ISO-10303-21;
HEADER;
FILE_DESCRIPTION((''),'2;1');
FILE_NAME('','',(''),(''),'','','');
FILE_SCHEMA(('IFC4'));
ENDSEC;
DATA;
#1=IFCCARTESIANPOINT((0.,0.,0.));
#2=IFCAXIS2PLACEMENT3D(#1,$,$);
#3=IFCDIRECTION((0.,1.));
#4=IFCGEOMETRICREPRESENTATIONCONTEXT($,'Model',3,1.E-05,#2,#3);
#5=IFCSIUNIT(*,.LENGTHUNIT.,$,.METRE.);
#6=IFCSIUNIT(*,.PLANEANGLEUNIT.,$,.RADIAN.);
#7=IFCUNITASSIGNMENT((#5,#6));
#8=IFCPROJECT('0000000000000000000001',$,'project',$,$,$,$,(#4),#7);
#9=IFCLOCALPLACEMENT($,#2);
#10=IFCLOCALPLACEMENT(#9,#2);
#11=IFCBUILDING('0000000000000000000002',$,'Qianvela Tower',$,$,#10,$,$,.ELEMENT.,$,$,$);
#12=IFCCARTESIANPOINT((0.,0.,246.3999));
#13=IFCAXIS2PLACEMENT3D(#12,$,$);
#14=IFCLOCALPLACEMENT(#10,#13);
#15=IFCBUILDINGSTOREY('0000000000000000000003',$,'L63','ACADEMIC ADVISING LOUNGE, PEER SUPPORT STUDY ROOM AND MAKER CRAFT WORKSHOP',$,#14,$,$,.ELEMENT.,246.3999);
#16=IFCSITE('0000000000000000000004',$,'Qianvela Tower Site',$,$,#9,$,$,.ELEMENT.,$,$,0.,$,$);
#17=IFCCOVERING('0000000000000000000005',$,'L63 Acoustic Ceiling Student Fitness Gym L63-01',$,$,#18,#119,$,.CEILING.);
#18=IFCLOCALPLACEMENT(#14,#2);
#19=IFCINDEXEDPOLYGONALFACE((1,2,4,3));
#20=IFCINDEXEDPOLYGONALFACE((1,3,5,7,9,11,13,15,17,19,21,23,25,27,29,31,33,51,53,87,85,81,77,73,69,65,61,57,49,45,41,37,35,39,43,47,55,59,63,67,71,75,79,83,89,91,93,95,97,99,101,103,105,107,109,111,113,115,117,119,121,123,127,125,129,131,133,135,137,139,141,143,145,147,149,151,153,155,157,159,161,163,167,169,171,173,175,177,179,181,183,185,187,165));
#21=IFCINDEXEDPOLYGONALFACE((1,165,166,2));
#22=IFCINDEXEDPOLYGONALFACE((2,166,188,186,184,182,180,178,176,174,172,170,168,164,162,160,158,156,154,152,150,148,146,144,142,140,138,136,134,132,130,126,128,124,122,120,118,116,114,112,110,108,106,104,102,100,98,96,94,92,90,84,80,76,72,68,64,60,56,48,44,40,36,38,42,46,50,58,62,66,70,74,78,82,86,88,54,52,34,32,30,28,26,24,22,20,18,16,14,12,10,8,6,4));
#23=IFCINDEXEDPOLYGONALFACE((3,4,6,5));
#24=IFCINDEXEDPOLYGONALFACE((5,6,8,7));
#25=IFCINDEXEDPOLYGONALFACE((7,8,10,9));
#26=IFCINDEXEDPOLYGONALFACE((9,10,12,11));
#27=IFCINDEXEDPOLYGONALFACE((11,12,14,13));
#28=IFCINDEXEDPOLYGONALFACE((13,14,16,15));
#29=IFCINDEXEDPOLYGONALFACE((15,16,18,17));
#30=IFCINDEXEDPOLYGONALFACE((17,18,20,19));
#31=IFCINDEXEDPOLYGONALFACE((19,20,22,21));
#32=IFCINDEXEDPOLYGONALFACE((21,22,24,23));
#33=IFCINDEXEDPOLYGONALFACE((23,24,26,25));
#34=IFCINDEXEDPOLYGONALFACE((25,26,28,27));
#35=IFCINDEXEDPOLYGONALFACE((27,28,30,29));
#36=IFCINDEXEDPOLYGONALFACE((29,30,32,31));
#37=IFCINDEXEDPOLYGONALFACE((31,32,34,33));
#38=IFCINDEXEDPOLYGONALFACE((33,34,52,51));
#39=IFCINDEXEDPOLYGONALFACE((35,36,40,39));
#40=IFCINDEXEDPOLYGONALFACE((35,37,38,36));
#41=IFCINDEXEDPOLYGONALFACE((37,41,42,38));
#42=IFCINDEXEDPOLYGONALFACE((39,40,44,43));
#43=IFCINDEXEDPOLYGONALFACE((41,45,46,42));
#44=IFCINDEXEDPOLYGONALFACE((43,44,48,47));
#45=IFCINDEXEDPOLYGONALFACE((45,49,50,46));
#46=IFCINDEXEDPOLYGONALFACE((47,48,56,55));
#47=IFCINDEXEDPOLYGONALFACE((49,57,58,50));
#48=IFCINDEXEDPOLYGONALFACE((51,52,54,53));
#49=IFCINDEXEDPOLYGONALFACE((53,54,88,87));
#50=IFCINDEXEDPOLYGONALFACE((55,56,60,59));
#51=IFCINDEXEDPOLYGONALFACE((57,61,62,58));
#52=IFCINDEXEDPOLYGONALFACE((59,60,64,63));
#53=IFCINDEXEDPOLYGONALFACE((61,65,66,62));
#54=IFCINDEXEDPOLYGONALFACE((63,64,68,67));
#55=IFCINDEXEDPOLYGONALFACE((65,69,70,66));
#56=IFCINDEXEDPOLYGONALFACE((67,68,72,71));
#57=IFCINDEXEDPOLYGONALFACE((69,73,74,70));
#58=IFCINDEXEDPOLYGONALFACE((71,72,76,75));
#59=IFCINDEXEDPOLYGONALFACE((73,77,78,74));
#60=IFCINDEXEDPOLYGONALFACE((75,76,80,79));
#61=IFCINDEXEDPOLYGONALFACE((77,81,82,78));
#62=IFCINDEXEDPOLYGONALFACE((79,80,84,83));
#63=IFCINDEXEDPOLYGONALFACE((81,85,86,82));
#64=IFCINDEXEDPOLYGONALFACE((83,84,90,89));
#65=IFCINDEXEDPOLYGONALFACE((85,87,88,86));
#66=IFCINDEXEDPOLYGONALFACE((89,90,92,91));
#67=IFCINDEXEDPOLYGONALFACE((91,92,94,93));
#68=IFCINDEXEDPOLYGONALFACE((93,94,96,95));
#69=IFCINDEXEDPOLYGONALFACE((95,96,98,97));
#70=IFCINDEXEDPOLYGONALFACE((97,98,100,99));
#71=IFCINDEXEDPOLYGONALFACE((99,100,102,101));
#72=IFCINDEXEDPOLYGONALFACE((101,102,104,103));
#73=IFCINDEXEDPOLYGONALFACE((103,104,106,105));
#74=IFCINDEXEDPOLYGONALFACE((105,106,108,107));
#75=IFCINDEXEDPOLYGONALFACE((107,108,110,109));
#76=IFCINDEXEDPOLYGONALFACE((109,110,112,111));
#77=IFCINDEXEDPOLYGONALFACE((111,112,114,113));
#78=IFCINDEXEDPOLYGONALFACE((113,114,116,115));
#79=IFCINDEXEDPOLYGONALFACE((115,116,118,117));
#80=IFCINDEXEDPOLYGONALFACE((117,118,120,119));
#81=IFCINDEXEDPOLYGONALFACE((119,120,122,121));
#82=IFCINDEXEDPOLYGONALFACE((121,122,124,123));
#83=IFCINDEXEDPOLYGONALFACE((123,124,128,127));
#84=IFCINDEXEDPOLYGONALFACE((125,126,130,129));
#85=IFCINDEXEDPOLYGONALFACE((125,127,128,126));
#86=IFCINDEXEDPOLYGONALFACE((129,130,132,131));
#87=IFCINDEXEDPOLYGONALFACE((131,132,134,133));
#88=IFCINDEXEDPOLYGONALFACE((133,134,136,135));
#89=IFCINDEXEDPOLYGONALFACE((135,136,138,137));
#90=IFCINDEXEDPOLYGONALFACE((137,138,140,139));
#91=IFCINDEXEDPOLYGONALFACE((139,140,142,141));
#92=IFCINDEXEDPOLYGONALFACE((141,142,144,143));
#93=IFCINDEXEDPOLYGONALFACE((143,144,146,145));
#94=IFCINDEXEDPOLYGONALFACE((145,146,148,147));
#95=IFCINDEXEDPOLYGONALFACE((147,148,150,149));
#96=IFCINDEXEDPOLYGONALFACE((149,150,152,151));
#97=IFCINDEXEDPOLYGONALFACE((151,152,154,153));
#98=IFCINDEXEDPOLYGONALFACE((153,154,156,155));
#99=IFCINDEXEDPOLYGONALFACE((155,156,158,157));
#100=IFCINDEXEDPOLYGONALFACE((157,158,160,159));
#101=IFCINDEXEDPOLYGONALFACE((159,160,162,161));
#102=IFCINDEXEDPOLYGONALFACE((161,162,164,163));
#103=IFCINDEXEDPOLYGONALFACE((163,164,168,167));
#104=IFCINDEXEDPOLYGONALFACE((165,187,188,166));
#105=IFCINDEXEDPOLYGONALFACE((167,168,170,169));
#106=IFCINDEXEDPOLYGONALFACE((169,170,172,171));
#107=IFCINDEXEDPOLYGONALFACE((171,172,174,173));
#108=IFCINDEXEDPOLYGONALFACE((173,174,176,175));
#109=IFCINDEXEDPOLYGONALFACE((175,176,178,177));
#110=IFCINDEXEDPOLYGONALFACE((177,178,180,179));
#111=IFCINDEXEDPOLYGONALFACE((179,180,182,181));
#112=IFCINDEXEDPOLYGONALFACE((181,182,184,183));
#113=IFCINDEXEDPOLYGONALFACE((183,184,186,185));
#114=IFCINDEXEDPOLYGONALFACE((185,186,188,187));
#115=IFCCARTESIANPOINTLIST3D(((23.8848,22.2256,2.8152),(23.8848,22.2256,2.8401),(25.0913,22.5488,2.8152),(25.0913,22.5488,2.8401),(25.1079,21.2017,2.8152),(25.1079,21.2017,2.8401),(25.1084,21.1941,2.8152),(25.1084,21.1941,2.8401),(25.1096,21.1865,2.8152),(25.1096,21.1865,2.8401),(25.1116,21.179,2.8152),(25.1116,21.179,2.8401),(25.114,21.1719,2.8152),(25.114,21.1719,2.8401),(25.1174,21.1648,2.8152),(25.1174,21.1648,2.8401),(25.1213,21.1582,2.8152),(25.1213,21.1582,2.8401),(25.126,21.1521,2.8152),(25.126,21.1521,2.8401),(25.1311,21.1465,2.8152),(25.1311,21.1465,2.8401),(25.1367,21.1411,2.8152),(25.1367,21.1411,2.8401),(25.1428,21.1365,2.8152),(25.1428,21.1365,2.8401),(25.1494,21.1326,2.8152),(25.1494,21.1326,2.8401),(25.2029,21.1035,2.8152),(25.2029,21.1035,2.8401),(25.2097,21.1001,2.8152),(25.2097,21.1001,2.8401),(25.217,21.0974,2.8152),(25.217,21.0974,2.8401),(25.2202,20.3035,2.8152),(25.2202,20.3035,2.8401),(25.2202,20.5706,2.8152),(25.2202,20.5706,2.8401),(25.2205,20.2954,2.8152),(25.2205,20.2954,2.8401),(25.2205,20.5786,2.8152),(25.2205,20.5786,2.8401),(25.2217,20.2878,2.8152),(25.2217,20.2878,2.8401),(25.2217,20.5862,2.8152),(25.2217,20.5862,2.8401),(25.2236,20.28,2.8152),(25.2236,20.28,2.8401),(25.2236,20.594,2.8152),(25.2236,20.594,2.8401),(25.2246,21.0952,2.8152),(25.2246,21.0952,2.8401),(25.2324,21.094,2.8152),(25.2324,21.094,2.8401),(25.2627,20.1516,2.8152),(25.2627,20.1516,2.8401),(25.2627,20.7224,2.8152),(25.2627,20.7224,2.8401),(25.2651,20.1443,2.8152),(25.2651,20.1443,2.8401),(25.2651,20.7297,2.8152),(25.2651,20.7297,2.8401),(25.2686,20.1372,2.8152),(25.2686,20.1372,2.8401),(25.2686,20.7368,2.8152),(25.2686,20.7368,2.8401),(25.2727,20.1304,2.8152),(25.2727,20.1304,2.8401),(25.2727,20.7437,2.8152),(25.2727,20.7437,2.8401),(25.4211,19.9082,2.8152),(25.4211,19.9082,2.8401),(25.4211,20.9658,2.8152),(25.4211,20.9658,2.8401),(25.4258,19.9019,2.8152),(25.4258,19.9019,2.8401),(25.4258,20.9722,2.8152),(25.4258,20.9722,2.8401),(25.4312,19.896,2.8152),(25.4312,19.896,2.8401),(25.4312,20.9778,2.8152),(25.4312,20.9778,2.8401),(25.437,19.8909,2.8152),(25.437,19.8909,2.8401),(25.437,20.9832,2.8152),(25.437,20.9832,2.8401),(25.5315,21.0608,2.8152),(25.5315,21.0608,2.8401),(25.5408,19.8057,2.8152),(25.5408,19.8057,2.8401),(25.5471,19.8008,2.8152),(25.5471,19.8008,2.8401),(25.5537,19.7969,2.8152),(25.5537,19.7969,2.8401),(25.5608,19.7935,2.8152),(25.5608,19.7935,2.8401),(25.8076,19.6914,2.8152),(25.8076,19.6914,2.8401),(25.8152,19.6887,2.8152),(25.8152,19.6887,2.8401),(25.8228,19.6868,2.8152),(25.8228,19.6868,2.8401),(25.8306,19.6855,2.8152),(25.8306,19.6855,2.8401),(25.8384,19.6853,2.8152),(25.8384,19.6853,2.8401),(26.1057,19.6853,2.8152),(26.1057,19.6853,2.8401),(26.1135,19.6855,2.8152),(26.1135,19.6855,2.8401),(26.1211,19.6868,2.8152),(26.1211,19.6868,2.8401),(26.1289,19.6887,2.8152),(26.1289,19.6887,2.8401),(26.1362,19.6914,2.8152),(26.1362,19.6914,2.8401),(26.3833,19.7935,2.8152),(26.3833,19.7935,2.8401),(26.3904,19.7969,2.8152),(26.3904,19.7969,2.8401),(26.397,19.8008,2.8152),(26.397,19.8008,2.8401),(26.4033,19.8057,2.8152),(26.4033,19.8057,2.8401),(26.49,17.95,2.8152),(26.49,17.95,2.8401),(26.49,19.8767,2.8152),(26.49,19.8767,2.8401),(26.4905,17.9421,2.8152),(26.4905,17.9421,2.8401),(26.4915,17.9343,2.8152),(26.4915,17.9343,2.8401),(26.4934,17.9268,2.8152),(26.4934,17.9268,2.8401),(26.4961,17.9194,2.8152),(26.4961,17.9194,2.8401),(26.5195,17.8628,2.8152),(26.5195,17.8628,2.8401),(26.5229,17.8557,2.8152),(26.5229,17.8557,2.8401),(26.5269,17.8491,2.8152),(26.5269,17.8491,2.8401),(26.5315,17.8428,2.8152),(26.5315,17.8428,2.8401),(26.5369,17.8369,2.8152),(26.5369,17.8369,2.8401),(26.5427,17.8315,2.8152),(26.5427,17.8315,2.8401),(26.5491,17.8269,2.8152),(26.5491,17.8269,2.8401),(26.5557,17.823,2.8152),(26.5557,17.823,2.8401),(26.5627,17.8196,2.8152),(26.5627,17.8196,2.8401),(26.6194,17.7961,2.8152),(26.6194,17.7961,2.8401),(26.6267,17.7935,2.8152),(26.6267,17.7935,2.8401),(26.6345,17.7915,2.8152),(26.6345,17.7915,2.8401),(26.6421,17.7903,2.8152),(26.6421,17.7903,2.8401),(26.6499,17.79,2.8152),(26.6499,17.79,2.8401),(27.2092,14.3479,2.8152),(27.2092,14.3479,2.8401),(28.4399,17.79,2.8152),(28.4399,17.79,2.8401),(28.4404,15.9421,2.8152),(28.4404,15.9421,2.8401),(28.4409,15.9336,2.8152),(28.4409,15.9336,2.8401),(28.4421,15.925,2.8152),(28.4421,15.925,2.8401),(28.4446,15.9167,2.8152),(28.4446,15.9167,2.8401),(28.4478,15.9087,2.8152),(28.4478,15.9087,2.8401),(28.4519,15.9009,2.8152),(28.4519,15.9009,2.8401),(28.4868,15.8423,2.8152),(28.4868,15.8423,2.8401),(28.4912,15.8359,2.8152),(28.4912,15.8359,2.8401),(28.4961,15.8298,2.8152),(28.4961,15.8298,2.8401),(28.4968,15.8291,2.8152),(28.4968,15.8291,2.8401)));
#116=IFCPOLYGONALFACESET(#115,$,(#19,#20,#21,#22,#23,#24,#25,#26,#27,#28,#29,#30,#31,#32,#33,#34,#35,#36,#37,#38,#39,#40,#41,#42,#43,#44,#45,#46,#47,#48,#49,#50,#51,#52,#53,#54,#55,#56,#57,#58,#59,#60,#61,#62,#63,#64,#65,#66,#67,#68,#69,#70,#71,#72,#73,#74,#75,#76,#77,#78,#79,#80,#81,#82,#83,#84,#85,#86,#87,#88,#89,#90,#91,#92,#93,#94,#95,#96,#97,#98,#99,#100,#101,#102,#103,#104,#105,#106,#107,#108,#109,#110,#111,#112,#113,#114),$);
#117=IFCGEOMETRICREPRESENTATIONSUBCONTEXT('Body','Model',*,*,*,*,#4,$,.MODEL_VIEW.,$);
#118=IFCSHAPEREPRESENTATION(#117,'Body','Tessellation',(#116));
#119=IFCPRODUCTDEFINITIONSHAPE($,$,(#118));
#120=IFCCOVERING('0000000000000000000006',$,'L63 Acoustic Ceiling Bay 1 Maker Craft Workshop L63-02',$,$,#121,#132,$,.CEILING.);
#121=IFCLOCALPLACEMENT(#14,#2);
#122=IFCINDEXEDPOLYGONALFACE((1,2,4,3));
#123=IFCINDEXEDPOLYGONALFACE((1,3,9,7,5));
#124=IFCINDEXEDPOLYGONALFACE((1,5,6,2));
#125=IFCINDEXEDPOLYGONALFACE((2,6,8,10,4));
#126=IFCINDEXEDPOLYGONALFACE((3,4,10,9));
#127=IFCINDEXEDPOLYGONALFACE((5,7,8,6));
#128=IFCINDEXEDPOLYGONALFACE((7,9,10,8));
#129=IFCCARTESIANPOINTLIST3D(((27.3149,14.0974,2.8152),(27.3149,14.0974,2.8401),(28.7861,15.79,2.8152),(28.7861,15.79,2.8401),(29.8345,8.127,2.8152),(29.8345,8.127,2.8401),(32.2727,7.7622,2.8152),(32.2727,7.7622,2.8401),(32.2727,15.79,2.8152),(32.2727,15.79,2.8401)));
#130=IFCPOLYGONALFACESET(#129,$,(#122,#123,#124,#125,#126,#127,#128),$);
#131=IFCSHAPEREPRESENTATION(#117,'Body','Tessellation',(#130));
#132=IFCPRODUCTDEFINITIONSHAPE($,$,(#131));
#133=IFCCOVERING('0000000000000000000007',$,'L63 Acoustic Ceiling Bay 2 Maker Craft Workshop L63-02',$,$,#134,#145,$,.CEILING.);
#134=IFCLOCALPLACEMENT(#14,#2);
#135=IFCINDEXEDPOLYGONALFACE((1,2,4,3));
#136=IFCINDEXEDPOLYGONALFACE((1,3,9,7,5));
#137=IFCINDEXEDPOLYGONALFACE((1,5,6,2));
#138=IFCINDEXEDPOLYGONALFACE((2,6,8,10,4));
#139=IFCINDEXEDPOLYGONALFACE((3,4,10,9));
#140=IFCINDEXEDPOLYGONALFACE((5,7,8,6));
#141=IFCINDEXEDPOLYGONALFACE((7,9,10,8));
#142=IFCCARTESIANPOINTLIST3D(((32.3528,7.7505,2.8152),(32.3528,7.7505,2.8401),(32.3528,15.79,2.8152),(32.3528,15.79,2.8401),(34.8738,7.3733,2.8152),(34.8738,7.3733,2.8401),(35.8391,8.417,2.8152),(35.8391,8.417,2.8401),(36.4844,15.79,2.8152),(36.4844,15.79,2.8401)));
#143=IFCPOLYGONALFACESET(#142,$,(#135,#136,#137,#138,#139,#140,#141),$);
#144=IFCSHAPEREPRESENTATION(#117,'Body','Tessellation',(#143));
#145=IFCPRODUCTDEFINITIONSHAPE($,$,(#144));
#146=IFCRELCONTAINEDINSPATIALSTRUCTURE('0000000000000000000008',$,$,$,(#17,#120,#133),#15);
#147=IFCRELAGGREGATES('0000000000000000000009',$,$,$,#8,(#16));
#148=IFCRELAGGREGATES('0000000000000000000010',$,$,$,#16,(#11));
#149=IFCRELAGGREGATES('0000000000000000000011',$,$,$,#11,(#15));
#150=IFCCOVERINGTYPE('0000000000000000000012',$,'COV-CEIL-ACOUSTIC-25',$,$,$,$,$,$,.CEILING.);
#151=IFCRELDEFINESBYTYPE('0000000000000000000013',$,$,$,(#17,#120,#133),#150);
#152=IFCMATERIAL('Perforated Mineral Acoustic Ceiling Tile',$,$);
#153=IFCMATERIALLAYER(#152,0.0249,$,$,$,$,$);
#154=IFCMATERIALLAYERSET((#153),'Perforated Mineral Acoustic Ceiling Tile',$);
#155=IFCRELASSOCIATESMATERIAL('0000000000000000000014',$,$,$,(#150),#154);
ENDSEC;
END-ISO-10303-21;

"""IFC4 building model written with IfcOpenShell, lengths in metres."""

from ifc_helpers import new_model, si_unit, direction, frame, origin, place, context, subcontext, project, spatial, polyline, outline, extrude, material, layer, layer_set, type_object, element, save


model = new_model("IFC4")

# Units and contexts
model_context = context("Model", 3, precision=1e-05, world=origin(), true_north=direction((0.0, 1.0)))
body_context = subcontext(model_context, "Body", "Model", "MODEL_VIEW")
ifc_project = project(units=[si_unit("LENGTHUNIT", "METRE"), si_unit("PLANEANGLEUNIT", "RADIAN")], contexts=[model_context])

# Site, building, storey
site_placement = place(None, origin())
site = spatial("IfcSite", under=ifc_project, at=site_placement, Name="Qianvela Tower Site", CompositionType="ELEMENT", RefElevation=0.0)
building_placement = place(site_placement, origin())
building = spatial("IfcBuilding", under=site, at=building_placement, Name="Qianvela Tower", CompositionType="ELEMENT")
storey_placement = place(building_placement, frame((0.0, 0.0, 246.3999)))
storey = spatial("IfcBuildingStorey", under=building, at=storey_placement, Name="L63", Description="ACADEMIC ADVISING LOUNGE, PEER SUPPORT STUDY ROOM AND MAKER CRAFT WORKSHOP", CompositionType="ELEMENT", Elevation=246.3999)

# Coverings
ifc_material_1 = material(Name="Perforated Mineral Acoustic Ceiling Tile")
ifc_layer_1 = layer(ifc_material_1, 0.0249)
ifc_layer_set_1 = layer_set([ifc_layer_1], Name="Perforated Mineral Acoustic Ceiling Tile")
covering_type_1 = type_object("IfcCoveringType", Name="COV-CEIL-ACOUSTIC-25", PredefinedType="CEILING", material=ifc_layer_set_1)
covering_1_placement = place(storey_placement, frame((0.0, 0.0, 2.8152)))
element("IfcCovering", 1, at=covering_1_placement, inside=storey, type_object=covering_type_1, Name="L63 Acoustic Ceiling Student Fitness Gym L63-01", PredefinedType="CEILING", context=body_context, shape_type="SweptSolid", body=[
    extrude(outline(polyline([(25.2029, 21.1035), (25.2097, 21.1001), (25.217, 21.0974), (25.2246, 21.0952), (25.2324, 21.094), (25.5315, 21.0608), (25.437, 20.9832), (25.4312, 20.9778), (25.4258, 20.9722), (25.4211, 20.9658), (25.2727, 20.7437), (25.2686, 20.7368), (25.2651, 20.7297), (25.2627, 20.7224), (25.2236, 20.594), (25.2217, 20.5862), (25.2205, 20.5786), (25.2202, 20.5706), (25.2202, 20.3035), (25.2205, 20.2954), (25.2217, 20.2878), (25.2236, 20.28), (25.2627, 20.1516), (25.2651, 20.1443), (25.2686, 20.1372), (25.2727, 20.1304), (25.4211, 19.9082), (25.4258, 19.9019), (25.4312, 19.896), (25.437, 19.8909), (25.5408, 19.8057), (25.5471, 19.8008), (25.5537, 19.7969), (25.5608, 19.7935), (25.8076, 19.6914), (25.8152, 19.6887), (25.8228, 19.6868), (25.8306, 19.6855), (25.8384, 19.6853), (26.1057, 19.6853), (26.1135, 19.6855), (26.1211, 19.6868), (26.1289, 19.6887), (26.1362, 19.6914), (26.3833, 19.7935), (26.3904, 19.7969), (26.397, 19.8008), (26.4033, 19.8057), (26.49, 19.8767), (26.49, 17.95), (26.4905, 17.9421), (26.4915, 17.9343), (26.4934, 17.9268), (26.4961, 17.9194), (26.5195, 17.8628), (26.5229, 17.8557), (26.5269, 17.8491), (26.5315, 17.8428), (26.5369, 17.8369), (26.5427, 17.8315), (26.5491, 17.8269), (26.5557, 17.823), (26.5627, 17.8196), (26.6194, 17.7961), (26.6267, 17.7935), (26.6345, 17.7915), (26.6421, 17.7903), (26.6499, 17.79), (28.4399, 17.79), (28.4404, 15.9421), (28.4409, 15.9336), (28.4421, 15.925), (28.4446, 15.9167), (28.4478, 15.9087), (28.4519, 15.9009), (28.4868, 15.8423), (28.4912, 15.8359), (28.4961, 15.8298), (28.4968, 15.8291), (27.2092, 14.3479), (23.8848, 22.2256), (25.0913, 22.5488), (25.1079, 21.2017), (25.1084, 21.1941), (25.1096, 21.1865), (25.1116, 21.179), (25.114, 21.1719), (25.1174, 21.1648), (25.1213, 21.1582), (25.126, 21.1521), (25.1311, 21.1465), (25.1367, 21.1411), (25.1428, 21.1365), (25.1494, 21.1326), (25.2029, 21.1035)])), origin(), (0.0, 0.0, 1.0), 0.0249),
])
covering_2_placement = place(storey_placement, frame((0.0, 0.0, 2.8152)))
element("IfcCovering", 2, at=covering_2_placement, inside=storey, type_object=covering_type_1, Name="L63 Acoustic Ceiling Bay 1 Maker Craft Workshop L63-02", PredefinedType="CEILING", context=body_context, shape_type="SweptSolid", body=[
    extrude(outline(polyline([(29.8345, 8.127), (27.3149, 14.0974), (28.7861, 15.79), (32.2727, 15.79), (32.2727, 7.7622), (29.8345, 8.127)])), origin(), (0.0, 0.0, 1.0), 0.0249),
])
covering_3_placement = place(storey_placement, frame((0.0, 0.0, 2.8152)))
element("IfcCovering", 3, at=covering_3_placement, inside=storey, type_object=covering_type_1, Name="L63 Acoustic Ceiling Bay 2 Maker Craft Workshop L63-02", PredefinedType="CEILING", context=body_context, shape_type="SweptSolid", body=[
    extrude(outline(polyline([(34.8738, 7.3733), (32.3528, 7.7505), (32.3528, 15.79), (36.4844, 15.79), (35.8391, 8.417), (34.8738, 7.3733)])), origin(), (0.0, 0.0, 1.0), 0.0249),
])

save(model, "model.ifc")
